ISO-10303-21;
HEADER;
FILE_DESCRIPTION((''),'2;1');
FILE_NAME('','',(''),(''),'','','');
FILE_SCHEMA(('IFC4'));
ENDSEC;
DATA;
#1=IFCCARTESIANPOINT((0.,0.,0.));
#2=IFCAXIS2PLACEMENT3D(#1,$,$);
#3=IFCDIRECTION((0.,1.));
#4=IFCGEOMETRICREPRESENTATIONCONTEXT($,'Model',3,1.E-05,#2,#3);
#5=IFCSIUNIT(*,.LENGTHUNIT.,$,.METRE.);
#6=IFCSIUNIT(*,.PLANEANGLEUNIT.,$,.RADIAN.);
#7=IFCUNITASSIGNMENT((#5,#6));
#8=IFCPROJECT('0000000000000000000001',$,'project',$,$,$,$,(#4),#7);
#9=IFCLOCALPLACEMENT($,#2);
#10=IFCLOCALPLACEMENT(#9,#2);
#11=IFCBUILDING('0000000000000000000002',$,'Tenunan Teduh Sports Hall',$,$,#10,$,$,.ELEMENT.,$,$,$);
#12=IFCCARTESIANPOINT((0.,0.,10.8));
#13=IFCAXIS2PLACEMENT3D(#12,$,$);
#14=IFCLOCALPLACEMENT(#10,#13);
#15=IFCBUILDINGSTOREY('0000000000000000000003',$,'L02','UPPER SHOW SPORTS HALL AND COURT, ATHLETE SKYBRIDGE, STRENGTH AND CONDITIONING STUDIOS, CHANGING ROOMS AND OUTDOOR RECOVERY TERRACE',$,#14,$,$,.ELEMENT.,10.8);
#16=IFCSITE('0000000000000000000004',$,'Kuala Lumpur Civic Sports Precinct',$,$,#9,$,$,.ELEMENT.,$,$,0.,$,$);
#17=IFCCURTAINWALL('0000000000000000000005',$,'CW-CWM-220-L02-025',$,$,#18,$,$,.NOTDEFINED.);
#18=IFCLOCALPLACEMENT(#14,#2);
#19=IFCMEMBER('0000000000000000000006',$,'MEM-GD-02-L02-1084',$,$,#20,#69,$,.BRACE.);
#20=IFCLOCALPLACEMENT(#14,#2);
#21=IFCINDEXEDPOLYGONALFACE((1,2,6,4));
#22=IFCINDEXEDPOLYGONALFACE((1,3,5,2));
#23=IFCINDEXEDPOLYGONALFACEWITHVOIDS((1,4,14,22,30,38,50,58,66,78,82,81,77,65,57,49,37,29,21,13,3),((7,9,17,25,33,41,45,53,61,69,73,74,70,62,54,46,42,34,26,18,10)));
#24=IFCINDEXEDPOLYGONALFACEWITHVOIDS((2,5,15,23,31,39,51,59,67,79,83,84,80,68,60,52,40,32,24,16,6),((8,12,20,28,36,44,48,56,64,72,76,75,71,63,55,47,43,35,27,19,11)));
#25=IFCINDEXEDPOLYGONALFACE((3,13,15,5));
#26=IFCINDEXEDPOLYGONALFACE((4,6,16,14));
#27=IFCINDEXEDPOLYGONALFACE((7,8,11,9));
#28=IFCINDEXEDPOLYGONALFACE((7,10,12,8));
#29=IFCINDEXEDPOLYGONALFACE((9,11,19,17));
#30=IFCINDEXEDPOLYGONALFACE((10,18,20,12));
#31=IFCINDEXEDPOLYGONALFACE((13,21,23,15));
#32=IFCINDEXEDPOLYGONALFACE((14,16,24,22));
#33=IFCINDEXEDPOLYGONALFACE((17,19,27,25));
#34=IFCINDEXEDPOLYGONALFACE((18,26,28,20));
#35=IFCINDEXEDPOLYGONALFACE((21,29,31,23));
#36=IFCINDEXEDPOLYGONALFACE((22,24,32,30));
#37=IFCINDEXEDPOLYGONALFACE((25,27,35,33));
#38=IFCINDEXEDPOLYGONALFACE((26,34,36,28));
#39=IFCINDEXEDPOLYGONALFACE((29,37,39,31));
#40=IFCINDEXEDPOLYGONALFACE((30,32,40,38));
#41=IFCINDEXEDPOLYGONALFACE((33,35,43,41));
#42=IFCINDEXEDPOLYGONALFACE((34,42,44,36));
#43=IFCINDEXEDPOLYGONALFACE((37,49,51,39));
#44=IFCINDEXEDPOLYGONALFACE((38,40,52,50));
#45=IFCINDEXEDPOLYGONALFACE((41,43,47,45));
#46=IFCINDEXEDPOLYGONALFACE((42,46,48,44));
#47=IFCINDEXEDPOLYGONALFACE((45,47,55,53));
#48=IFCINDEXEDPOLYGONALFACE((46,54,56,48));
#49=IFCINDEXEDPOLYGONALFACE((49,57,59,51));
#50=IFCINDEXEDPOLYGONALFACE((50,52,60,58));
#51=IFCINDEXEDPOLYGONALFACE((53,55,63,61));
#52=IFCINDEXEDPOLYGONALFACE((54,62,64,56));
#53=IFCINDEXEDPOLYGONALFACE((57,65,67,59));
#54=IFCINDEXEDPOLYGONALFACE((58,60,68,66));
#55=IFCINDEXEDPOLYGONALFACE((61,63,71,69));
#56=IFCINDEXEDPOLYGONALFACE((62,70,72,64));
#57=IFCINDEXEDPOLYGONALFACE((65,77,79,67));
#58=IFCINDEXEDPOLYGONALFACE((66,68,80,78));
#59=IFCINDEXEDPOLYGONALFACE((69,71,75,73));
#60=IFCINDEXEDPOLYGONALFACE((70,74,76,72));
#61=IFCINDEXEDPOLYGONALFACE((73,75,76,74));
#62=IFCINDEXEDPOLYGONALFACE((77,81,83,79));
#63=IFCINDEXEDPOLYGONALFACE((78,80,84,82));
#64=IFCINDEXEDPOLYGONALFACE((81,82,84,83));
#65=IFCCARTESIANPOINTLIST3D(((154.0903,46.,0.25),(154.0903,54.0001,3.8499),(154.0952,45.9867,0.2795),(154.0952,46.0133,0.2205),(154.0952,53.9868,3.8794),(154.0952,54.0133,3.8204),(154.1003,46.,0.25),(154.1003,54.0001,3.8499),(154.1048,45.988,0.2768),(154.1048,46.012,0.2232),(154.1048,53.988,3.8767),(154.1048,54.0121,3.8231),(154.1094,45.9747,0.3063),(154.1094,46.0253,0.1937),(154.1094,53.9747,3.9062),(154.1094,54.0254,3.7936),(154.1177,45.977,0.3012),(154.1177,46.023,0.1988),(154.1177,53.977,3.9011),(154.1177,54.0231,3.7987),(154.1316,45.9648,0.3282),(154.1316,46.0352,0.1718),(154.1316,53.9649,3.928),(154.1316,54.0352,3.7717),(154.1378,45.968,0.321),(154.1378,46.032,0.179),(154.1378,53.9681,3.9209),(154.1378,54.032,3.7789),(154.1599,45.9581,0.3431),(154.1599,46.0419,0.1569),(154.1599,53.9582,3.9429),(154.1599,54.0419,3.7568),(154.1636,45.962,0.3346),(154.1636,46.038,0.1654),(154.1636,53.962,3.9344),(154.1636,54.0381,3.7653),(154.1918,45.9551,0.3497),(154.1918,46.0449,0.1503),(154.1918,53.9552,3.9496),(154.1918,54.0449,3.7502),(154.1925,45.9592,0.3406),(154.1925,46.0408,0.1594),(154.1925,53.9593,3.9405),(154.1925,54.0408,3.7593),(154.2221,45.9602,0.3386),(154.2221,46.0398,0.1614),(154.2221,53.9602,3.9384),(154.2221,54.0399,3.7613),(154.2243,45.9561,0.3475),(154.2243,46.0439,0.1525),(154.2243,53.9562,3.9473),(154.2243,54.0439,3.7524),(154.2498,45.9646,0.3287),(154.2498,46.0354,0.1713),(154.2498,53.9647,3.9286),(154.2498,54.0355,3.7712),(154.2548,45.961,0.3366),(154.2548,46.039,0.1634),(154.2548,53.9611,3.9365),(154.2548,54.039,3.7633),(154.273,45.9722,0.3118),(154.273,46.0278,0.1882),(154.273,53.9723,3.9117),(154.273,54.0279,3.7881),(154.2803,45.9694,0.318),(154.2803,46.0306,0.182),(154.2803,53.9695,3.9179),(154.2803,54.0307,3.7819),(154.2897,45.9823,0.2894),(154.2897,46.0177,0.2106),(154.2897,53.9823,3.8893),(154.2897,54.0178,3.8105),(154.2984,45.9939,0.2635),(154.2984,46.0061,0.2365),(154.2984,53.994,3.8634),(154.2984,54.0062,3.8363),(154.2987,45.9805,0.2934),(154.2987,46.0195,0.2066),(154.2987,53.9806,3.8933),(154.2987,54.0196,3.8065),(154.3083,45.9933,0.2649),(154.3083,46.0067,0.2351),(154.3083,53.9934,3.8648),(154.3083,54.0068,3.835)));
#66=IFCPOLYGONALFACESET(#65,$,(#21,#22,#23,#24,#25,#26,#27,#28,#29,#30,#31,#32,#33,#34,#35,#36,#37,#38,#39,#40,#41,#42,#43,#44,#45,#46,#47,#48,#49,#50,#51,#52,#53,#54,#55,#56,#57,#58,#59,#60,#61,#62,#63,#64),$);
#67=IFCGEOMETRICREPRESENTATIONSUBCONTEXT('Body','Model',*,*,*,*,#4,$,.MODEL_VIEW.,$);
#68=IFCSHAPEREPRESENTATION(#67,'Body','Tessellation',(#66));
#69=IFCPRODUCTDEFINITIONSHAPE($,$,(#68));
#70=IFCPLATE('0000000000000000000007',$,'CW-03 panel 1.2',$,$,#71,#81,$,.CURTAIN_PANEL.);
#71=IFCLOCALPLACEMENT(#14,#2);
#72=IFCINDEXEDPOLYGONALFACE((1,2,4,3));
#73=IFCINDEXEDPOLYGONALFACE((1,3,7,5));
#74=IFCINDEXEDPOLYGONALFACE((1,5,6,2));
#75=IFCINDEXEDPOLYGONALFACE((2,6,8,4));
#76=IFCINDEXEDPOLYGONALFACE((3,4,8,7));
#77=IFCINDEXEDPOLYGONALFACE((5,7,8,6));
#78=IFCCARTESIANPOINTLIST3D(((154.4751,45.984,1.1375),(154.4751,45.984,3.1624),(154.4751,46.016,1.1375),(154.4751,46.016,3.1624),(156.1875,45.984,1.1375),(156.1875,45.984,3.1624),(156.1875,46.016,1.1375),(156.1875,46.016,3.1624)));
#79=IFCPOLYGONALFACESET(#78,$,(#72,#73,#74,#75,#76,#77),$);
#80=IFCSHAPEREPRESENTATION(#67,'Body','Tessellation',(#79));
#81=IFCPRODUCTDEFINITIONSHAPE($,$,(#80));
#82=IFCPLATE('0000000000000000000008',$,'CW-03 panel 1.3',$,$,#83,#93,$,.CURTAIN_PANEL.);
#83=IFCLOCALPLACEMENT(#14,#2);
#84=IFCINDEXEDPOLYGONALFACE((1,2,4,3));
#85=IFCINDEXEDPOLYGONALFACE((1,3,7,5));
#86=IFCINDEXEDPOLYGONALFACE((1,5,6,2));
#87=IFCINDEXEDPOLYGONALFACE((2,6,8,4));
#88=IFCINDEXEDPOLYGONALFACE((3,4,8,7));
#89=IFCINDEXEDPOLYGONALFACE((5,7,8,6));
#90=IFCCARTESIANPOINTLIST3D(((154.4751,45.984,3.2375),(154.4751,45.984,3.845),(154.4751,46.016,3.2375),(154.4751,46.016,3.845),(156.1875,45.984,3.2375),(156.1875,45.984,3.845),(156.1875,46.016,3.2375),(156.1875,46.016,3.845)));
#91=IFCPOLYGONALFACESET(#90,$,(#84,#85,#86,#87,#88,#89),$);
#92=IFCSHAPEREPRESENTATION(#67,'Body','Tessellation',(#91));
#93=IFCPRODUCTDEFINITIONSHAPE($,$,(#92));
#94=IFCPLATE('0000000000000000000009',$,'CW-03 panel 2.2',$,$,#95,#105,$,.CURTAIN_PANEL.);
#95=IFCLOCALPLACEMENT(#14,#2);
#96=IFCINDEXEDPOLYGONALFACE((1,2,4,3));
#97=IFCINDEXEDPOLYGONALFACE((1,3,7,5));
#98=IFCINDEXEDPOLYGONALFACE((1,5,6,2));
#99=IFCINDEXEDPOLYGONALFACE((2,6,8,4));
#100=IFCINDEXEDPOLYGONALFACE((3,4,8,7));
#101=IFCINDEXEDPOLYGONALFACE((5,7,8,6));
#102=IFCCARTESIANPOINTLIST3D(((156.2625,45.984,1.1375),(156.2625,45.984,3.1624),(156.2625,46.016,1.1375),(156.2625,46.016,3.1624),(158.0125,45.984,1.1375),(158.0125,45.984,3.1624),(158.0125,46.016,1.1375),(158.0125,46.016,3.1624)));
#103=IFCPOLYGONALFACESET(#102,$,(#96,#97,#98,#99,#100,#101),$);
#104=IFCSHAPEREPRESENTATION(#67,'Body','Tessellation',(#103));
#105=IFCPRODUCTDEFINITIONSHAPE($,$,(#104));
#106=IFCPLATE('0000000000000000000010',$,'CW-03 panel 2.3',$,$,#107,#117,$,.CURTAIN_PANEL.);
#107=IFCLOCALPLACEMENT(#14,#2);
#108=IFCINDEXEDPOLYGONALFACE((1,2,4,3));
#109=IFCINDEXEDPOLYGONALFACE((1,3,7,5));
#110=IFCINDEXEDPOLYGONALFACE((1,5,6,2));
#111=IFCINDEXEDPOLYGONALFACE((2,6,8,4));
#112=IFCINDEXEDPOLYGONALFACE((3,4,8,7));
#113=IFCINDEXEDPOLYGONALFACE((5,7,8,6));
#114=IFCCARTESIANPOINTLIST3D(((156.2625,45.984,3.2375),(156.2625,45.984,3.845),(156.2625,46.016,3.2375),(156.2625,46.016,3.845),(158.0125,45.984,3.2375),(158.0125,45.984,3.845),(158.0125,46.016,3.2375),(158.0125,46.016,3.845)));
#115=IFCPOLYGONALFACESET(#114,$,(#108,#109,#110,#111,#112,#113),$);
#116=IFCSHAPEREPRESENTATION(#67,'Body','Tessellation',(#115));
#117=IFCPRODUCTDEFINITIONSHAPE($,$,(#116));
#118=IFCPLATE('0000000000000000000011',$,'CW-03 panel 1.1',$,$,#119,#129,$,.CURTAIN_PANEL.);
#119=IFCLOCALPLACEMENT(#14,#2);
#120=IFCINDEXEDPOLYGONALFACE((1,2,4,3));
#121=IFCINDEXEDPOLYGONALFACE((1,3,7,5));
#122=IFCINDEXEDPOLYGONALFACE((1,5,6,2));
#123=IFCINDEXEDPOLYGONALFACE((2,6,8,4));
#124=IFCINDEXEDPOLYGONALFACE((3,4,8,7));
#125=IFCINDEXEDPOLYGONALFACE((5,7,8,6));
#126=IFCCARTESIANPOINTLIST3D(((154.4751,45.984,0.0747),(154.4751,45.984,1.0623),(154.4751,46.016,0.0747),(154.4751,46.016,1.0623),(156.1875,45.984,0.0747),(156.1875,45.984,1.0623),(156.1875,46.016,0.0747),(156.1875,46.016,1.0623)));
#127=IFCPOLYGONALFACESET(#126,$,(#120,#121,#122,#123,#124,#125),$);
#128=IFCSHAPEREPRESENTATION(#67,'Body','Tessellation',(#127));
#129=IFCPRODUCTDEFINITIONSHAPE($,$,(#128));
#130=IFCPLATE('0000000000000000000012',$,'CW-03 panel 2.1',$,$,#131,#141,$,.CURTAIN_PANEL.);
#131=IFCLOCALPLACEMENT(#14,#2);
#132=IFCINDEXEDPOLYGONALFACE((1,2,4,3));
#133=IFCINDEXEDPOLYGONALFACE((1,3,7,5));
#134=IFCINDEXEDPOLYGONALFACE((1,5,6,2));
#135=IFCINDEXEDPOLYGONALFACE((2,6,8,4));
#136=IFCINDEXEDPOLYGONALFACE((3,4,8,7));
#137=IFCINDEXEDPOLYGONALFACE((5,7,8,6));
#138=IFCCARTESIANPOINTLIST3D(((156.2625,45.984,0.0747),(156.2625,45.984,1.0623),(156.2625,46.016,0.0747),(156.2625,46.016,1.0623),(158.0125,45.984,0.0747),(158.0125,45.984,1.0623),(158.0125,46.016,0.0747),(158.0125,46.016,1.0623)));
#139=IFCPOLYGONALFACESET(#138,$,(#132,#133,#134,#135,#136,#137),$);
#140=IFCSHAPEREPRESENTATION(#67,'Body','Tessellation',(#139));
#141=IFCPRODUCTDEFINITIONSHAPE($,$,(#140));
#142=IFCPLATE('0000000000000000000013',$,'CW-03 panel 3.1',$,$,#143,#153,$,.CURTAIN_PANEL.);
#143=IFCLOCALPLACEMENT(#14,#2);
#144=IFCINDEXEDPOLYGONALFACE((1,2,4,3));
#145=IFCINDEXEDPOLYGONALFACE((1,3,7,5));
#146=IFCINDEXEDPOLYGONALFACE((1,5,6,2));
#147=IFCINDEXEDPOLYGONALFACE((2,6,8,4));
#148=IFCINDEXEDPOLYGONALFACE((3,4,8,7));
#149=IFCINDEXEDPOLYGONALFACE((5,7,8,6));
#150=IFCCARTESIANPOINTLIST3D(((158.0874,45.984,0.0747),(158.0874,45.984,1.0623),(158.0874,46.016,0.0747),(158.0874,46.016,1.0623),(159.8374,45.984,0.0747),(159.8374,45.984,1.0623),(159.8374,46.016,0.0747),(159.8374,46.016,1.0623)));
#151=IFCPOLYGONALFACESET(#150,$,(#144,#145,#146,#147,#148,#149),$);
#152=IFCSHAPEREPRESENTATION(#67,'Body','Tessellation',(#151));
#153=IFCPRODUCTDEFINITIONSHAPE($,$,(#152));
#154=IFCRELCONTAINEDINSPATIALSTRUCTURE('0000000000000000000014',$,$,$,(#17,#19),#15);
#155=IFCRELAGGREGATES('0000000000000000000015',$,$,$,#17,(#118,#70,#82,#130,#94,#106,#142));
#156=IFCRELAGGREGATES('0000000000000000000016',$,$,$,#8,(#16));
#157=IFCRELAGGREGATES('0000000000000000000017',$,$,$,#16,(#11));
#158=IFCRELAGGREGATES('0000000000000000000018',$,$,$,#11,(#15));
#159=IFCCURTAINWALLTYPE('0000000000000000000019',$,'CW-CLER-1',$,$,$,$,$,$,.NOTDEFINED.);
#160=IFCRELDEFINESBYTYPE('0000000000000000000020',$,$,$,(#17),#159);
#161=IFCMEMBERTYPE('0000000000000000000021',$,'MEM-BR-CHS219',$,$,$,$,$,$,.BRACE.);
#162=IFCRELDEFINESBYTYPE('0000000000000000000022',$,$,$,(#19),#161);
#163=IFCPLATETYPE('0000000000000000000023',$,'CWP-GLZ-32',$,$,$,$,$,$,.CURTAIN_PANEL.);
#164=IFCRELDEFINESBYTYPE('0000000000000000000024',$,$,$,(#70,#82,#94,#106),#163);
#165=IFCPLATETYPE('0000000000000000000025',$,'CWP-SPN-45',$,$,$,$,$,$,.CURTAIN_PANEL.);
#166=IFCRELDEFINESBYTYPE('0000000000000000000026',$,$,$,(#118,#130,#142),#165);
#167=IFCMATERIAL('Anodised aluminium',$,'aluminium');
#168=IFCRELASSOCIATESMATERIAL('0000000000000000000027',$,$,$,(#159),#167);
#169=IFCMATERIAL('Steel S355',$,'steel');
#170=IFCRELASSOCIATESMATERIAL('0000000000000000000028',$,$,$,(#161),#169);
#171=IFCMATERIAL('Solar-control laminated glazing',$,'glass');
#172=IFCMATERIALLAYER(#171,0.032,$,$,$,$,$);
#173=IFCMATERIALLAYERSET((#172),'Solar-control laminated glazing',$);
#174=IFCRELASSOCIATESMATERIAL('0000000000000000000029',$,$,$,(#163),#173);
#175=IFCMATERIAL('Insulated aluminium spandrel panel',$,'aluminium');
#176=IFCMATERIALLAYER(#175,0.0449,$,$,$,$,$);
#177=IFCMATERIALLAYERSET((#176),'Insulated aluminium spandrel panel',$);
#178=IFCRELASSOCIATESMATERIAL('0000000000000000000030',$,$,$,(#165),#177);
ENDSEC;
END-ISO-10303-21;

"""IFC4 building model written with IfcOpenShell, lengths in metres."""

from ifc_helpers import new_model, si_unit, direction, frame, origin, origin_2d, place, context, subcontext, project, spatial, rectangle, hollow_circle, extrude, material, layer, layer_set, material_profile, profile_set, type_object, element, aggregate, save


model = new_model("IFC4")

# Units and contexts
model_context = context("Model", 3, precision=1e-05, world=origin(), true_north=direction((0.0, 1.0)))
body_context = subcontext(model_context, "Body", "Model", "MODEL_VIEW")
ifc_project = project(units=[si_unit("LENGTHUNIT", "METRE"), si_unit("PLANEANGLEUNIT", "RADIAN")], contexts=[model_context])

# Site, building, storey
site_placement = place(None, origin())
site = spatial("IfcSite", under=ifc_project, at=site_placement, Name="Kuala Lumpur Civic Sports Precinct", CompositionType="ELEMENT", RefElevation=0.0)
building_placement = place(site_placement, origin())
building = spatial("IfcBuilding", under=site, at=building_placement, Name="Tenunan Teduh Sports Hall", CompositionType="ELEMENT")
storey_placement = place(building_placement, frame((0.0, 0.0, 10.8)))
storey = spatial("IfcBuildingStorey", under=building, at=storey_placement, Name="L02", Description="UPPER SHOW SPORTS HALL AND COURT, ATHLETE SKYBRIDGE, STRENGTH AND CONDITIONING STUDIOS, CHANGING ROOMS AND OUTDOOR RECOVERY TERRACE", CompositionType="ELEMENT", Elevation=10.8)

# Curtain wall
ifc_material_1 = material(Name="Anodised aluminium", Category="aluminium")
curtain_wall_type = type_object("IfcCurtainWallType", Name="CW-CLER-1", PredefinedType="NOTDEFINED", material=ifc_material_1)
curtain_wall_placement = place(storey_placement, origin())
curtain_wall = element("IfcCurtainWall", 1, at=curtain_wall_placement, inside=storey, type_object=curtain_wall_type, Name="CW-CWM-220-L02-025", PredefinedType="NOTDEFINED")

# Member
ifc_material_2 = material(Name="Steel S355", Category="steel")
ifc_material_profile_1 = material_profile(ifc_material_2, hollow_circle(Radius=0.1096, WallThickness=0.01, at=origin_2d()), Name="CHS 219.1x10.0")
ifc_profile_set_1 = profile_set([ifc_material_profile_1], Name="Steel S355")
member_type_1 = type_object("IfcMemberType", Name="MEM-BR-CHS219", PredefinedType="BRACE", material=ifc_profile_set_1)
member_1_placement = place(storey_placement, frame((154.2, 46.0, 0.25), z_axis=(0.0, 0.911928, 0.410351), x_axis=(-1.0, 0.0, 0.0)))
element("IfcMember", 2, at=member_1_placement, inside=storey, type_object=member_type_1, Name="MEM-GD-02-L02-1084", PredefinedType="BRACE", context=body_context, shape_type="SweptSolid", body=[
    extrude(hollow_circle(Radius=0.1096, WallThickness=0.01, at=origin_2d()), origin(), (0.0, 0.0, 1.0), 8.7727),
])

# Plates
ifc_material_3 = material(Name="Solar-control laminated glazing", Category="glass")
ifc_layer_1 = layer(ifc_material_3, 0.032)
ifc_layer_set_1 = layer_set([ifc_layer_1], Name="Solar-control laminated glazing")
plate_type_1 = type_object("IfcPlateType", Name="CWP-GLZ-32", PredefinedType="CURTAIN_PANEL", material=ifc_layer_set_1)
plate_1_placement = place(storey_placement, frame((155.3313, 46.0, 1.1375), z_axis=(0.0, 0.0, 1.0), x_axis=(1.0, 0.0, 0.0)))
plate_1 = element("IfcPlate", 3, at=plate_1_placement, type_object=plate_type_1, Name="CW-03 panel 1.2", PredefinedType="CURTAIN_PANEL", context=body_context, shape_type="SweptSolid", body=[
    extrude(rectangle(XDim=1.7124, YDim=0.032, at=origin_2d()), origin(), (0.0, 0.0, 1.0), 2.0249),
])
plate_2_placement = place(storey_placement, frame((155.3313, 46.0, 3.2375), z_axis=(0.0, 0.0, 1.0), x_axis=(1.0, 0.0, 0.0)))
plate_2 = element("IfcPlate", 4, at=plate_2_placement, type_object=plate_type_1, Name="CW-03 panel 1.3", PredefinedType="CURTAIN_PANEL", context=body_context, shape_type="SweptSolid", body=[
    extrude(rectangle(XDim=1.7124, YDim=0.032, at=origin_2d()), origin(), (0.0, 0.0, 1.0), 0.6074),
])
plate_3_placement = place(storey_placement, frame((157.1375, 46.0, 1.1375), z_axis=(0.0, 0.0, 1.0), x_axis=(1.0, 0.0, 0.0)))
plate_3 = element("IfcPlate", 5, at=plate_3_placement, type_object=plate_type_1, Name="CW-03 panel 2.2", PredefinedType="CURTAIN_PANEL", context=body_context, shape_type="SweptSolid", body=[
    extrude(rectangle(XDim=1.75, YDim=0.032, at=origin_2d()), origin(), (0.0, 0.0, 1.0), 2.0249),
])
plate_4_placement = place(storey_placement, frame((157.1375, 46.0, 3.2375), z_axis=(0.0, 0.0, 1.0), x_axis=(1.0, 0.0, 0.0)))
plate_4 = element("IfcPlate", 6, at=plate_4_placement, type_object=plate_type_1, Name="CW-03 panel 2.3", PredefinedType="CURTAIN_PANEL", context=body_context, shape_type="SweptSolid", body=[
    extrude(rectangle(XDim=1.75, YDim=0.032, at=origin_2d()), origin(), (0.0, 0.0, 1.0), 0.6074),
])
ifc_material_4 = material(Name="Insulated aluminium spandrel panel", Category="aluminium")
ifc_layer_2 = layer(ifc_material_4, 0.0449)
ifc_layer_set_2 = layer_set([ifc_layer_2], Name="Insulated aluminium spandrel panel")
plate_type_2 = type_object("IfcPlateType", Name="CWP-SPN-45", PredefinedType="CURTAIN_PANEL", material=ifc_layer_set_2)
plate_5_placement = place(storey_placement, frame((155.3313, 46.0, 0.0747), z_axis=(0.0, 0.0, 1.0), x_axis=(1.0, 0.0, 0.0)))
plate_5 = element("IfcPlate", 7, at=plate_5_placement, type_object=plate_type_2, Name="CW-03 panel 1.1", PredefinedType="CURTAIN_PANEL", context=body_context, shape_type="SweptSolid", body=[
    extrude(rectangle(XDim=1.7124, YDim=0.032, at=origin_2d()), origin(), (0.0, 0.0, 1.0), 0.9875),
])
plate_6_placement = place(storey_placement, frame((157.1375, 46.0, 0.0747), z_axis=(0.0, 0.0, 1.0), x_axis=(1.0, 0.0, 0.0)))
plate_6 = element("IfcPlate", 8, at=plate_6_placement, type_object=plate_type_2, Name="CW-03 panel 2.1", PredefinedType="CURTAIN_PANEL", context=body_context, shape_type="SweptSolid", body=[
    extrude(rectangle(XDim=1.75, YDim=0.032, at=origin_2d()), origin(), (0.0, 0.0, 1.0), 0.9875),
])
plate_7_placement = place(storey_placement, frame((158.9624, 46.0, 0.0747), z_axis=(0.0, 0.0, 1.0), x_axis=(1.0, 0.0, 0.0)))
plate_7 = element("IfcPlate", 9, at=plate_7_placement, type_object=plate_type_2, Name="CW-03 panel 3.1", PredefinedType="CURTAIN_PANEL", context=body_context, shape_type="SweptSolid", body=[
    extrude(rectangle(XDim=1.75, YDim=0.032, at=origin_2d()), origin(), (0.0, 0.0, 1.0), 0.9875),
])
aggregate(curtain_wall, [plate_5, plate_1, plate_2, plate_6, plate_3, plate_4, plate_7])

save(model, "model.ifc")
